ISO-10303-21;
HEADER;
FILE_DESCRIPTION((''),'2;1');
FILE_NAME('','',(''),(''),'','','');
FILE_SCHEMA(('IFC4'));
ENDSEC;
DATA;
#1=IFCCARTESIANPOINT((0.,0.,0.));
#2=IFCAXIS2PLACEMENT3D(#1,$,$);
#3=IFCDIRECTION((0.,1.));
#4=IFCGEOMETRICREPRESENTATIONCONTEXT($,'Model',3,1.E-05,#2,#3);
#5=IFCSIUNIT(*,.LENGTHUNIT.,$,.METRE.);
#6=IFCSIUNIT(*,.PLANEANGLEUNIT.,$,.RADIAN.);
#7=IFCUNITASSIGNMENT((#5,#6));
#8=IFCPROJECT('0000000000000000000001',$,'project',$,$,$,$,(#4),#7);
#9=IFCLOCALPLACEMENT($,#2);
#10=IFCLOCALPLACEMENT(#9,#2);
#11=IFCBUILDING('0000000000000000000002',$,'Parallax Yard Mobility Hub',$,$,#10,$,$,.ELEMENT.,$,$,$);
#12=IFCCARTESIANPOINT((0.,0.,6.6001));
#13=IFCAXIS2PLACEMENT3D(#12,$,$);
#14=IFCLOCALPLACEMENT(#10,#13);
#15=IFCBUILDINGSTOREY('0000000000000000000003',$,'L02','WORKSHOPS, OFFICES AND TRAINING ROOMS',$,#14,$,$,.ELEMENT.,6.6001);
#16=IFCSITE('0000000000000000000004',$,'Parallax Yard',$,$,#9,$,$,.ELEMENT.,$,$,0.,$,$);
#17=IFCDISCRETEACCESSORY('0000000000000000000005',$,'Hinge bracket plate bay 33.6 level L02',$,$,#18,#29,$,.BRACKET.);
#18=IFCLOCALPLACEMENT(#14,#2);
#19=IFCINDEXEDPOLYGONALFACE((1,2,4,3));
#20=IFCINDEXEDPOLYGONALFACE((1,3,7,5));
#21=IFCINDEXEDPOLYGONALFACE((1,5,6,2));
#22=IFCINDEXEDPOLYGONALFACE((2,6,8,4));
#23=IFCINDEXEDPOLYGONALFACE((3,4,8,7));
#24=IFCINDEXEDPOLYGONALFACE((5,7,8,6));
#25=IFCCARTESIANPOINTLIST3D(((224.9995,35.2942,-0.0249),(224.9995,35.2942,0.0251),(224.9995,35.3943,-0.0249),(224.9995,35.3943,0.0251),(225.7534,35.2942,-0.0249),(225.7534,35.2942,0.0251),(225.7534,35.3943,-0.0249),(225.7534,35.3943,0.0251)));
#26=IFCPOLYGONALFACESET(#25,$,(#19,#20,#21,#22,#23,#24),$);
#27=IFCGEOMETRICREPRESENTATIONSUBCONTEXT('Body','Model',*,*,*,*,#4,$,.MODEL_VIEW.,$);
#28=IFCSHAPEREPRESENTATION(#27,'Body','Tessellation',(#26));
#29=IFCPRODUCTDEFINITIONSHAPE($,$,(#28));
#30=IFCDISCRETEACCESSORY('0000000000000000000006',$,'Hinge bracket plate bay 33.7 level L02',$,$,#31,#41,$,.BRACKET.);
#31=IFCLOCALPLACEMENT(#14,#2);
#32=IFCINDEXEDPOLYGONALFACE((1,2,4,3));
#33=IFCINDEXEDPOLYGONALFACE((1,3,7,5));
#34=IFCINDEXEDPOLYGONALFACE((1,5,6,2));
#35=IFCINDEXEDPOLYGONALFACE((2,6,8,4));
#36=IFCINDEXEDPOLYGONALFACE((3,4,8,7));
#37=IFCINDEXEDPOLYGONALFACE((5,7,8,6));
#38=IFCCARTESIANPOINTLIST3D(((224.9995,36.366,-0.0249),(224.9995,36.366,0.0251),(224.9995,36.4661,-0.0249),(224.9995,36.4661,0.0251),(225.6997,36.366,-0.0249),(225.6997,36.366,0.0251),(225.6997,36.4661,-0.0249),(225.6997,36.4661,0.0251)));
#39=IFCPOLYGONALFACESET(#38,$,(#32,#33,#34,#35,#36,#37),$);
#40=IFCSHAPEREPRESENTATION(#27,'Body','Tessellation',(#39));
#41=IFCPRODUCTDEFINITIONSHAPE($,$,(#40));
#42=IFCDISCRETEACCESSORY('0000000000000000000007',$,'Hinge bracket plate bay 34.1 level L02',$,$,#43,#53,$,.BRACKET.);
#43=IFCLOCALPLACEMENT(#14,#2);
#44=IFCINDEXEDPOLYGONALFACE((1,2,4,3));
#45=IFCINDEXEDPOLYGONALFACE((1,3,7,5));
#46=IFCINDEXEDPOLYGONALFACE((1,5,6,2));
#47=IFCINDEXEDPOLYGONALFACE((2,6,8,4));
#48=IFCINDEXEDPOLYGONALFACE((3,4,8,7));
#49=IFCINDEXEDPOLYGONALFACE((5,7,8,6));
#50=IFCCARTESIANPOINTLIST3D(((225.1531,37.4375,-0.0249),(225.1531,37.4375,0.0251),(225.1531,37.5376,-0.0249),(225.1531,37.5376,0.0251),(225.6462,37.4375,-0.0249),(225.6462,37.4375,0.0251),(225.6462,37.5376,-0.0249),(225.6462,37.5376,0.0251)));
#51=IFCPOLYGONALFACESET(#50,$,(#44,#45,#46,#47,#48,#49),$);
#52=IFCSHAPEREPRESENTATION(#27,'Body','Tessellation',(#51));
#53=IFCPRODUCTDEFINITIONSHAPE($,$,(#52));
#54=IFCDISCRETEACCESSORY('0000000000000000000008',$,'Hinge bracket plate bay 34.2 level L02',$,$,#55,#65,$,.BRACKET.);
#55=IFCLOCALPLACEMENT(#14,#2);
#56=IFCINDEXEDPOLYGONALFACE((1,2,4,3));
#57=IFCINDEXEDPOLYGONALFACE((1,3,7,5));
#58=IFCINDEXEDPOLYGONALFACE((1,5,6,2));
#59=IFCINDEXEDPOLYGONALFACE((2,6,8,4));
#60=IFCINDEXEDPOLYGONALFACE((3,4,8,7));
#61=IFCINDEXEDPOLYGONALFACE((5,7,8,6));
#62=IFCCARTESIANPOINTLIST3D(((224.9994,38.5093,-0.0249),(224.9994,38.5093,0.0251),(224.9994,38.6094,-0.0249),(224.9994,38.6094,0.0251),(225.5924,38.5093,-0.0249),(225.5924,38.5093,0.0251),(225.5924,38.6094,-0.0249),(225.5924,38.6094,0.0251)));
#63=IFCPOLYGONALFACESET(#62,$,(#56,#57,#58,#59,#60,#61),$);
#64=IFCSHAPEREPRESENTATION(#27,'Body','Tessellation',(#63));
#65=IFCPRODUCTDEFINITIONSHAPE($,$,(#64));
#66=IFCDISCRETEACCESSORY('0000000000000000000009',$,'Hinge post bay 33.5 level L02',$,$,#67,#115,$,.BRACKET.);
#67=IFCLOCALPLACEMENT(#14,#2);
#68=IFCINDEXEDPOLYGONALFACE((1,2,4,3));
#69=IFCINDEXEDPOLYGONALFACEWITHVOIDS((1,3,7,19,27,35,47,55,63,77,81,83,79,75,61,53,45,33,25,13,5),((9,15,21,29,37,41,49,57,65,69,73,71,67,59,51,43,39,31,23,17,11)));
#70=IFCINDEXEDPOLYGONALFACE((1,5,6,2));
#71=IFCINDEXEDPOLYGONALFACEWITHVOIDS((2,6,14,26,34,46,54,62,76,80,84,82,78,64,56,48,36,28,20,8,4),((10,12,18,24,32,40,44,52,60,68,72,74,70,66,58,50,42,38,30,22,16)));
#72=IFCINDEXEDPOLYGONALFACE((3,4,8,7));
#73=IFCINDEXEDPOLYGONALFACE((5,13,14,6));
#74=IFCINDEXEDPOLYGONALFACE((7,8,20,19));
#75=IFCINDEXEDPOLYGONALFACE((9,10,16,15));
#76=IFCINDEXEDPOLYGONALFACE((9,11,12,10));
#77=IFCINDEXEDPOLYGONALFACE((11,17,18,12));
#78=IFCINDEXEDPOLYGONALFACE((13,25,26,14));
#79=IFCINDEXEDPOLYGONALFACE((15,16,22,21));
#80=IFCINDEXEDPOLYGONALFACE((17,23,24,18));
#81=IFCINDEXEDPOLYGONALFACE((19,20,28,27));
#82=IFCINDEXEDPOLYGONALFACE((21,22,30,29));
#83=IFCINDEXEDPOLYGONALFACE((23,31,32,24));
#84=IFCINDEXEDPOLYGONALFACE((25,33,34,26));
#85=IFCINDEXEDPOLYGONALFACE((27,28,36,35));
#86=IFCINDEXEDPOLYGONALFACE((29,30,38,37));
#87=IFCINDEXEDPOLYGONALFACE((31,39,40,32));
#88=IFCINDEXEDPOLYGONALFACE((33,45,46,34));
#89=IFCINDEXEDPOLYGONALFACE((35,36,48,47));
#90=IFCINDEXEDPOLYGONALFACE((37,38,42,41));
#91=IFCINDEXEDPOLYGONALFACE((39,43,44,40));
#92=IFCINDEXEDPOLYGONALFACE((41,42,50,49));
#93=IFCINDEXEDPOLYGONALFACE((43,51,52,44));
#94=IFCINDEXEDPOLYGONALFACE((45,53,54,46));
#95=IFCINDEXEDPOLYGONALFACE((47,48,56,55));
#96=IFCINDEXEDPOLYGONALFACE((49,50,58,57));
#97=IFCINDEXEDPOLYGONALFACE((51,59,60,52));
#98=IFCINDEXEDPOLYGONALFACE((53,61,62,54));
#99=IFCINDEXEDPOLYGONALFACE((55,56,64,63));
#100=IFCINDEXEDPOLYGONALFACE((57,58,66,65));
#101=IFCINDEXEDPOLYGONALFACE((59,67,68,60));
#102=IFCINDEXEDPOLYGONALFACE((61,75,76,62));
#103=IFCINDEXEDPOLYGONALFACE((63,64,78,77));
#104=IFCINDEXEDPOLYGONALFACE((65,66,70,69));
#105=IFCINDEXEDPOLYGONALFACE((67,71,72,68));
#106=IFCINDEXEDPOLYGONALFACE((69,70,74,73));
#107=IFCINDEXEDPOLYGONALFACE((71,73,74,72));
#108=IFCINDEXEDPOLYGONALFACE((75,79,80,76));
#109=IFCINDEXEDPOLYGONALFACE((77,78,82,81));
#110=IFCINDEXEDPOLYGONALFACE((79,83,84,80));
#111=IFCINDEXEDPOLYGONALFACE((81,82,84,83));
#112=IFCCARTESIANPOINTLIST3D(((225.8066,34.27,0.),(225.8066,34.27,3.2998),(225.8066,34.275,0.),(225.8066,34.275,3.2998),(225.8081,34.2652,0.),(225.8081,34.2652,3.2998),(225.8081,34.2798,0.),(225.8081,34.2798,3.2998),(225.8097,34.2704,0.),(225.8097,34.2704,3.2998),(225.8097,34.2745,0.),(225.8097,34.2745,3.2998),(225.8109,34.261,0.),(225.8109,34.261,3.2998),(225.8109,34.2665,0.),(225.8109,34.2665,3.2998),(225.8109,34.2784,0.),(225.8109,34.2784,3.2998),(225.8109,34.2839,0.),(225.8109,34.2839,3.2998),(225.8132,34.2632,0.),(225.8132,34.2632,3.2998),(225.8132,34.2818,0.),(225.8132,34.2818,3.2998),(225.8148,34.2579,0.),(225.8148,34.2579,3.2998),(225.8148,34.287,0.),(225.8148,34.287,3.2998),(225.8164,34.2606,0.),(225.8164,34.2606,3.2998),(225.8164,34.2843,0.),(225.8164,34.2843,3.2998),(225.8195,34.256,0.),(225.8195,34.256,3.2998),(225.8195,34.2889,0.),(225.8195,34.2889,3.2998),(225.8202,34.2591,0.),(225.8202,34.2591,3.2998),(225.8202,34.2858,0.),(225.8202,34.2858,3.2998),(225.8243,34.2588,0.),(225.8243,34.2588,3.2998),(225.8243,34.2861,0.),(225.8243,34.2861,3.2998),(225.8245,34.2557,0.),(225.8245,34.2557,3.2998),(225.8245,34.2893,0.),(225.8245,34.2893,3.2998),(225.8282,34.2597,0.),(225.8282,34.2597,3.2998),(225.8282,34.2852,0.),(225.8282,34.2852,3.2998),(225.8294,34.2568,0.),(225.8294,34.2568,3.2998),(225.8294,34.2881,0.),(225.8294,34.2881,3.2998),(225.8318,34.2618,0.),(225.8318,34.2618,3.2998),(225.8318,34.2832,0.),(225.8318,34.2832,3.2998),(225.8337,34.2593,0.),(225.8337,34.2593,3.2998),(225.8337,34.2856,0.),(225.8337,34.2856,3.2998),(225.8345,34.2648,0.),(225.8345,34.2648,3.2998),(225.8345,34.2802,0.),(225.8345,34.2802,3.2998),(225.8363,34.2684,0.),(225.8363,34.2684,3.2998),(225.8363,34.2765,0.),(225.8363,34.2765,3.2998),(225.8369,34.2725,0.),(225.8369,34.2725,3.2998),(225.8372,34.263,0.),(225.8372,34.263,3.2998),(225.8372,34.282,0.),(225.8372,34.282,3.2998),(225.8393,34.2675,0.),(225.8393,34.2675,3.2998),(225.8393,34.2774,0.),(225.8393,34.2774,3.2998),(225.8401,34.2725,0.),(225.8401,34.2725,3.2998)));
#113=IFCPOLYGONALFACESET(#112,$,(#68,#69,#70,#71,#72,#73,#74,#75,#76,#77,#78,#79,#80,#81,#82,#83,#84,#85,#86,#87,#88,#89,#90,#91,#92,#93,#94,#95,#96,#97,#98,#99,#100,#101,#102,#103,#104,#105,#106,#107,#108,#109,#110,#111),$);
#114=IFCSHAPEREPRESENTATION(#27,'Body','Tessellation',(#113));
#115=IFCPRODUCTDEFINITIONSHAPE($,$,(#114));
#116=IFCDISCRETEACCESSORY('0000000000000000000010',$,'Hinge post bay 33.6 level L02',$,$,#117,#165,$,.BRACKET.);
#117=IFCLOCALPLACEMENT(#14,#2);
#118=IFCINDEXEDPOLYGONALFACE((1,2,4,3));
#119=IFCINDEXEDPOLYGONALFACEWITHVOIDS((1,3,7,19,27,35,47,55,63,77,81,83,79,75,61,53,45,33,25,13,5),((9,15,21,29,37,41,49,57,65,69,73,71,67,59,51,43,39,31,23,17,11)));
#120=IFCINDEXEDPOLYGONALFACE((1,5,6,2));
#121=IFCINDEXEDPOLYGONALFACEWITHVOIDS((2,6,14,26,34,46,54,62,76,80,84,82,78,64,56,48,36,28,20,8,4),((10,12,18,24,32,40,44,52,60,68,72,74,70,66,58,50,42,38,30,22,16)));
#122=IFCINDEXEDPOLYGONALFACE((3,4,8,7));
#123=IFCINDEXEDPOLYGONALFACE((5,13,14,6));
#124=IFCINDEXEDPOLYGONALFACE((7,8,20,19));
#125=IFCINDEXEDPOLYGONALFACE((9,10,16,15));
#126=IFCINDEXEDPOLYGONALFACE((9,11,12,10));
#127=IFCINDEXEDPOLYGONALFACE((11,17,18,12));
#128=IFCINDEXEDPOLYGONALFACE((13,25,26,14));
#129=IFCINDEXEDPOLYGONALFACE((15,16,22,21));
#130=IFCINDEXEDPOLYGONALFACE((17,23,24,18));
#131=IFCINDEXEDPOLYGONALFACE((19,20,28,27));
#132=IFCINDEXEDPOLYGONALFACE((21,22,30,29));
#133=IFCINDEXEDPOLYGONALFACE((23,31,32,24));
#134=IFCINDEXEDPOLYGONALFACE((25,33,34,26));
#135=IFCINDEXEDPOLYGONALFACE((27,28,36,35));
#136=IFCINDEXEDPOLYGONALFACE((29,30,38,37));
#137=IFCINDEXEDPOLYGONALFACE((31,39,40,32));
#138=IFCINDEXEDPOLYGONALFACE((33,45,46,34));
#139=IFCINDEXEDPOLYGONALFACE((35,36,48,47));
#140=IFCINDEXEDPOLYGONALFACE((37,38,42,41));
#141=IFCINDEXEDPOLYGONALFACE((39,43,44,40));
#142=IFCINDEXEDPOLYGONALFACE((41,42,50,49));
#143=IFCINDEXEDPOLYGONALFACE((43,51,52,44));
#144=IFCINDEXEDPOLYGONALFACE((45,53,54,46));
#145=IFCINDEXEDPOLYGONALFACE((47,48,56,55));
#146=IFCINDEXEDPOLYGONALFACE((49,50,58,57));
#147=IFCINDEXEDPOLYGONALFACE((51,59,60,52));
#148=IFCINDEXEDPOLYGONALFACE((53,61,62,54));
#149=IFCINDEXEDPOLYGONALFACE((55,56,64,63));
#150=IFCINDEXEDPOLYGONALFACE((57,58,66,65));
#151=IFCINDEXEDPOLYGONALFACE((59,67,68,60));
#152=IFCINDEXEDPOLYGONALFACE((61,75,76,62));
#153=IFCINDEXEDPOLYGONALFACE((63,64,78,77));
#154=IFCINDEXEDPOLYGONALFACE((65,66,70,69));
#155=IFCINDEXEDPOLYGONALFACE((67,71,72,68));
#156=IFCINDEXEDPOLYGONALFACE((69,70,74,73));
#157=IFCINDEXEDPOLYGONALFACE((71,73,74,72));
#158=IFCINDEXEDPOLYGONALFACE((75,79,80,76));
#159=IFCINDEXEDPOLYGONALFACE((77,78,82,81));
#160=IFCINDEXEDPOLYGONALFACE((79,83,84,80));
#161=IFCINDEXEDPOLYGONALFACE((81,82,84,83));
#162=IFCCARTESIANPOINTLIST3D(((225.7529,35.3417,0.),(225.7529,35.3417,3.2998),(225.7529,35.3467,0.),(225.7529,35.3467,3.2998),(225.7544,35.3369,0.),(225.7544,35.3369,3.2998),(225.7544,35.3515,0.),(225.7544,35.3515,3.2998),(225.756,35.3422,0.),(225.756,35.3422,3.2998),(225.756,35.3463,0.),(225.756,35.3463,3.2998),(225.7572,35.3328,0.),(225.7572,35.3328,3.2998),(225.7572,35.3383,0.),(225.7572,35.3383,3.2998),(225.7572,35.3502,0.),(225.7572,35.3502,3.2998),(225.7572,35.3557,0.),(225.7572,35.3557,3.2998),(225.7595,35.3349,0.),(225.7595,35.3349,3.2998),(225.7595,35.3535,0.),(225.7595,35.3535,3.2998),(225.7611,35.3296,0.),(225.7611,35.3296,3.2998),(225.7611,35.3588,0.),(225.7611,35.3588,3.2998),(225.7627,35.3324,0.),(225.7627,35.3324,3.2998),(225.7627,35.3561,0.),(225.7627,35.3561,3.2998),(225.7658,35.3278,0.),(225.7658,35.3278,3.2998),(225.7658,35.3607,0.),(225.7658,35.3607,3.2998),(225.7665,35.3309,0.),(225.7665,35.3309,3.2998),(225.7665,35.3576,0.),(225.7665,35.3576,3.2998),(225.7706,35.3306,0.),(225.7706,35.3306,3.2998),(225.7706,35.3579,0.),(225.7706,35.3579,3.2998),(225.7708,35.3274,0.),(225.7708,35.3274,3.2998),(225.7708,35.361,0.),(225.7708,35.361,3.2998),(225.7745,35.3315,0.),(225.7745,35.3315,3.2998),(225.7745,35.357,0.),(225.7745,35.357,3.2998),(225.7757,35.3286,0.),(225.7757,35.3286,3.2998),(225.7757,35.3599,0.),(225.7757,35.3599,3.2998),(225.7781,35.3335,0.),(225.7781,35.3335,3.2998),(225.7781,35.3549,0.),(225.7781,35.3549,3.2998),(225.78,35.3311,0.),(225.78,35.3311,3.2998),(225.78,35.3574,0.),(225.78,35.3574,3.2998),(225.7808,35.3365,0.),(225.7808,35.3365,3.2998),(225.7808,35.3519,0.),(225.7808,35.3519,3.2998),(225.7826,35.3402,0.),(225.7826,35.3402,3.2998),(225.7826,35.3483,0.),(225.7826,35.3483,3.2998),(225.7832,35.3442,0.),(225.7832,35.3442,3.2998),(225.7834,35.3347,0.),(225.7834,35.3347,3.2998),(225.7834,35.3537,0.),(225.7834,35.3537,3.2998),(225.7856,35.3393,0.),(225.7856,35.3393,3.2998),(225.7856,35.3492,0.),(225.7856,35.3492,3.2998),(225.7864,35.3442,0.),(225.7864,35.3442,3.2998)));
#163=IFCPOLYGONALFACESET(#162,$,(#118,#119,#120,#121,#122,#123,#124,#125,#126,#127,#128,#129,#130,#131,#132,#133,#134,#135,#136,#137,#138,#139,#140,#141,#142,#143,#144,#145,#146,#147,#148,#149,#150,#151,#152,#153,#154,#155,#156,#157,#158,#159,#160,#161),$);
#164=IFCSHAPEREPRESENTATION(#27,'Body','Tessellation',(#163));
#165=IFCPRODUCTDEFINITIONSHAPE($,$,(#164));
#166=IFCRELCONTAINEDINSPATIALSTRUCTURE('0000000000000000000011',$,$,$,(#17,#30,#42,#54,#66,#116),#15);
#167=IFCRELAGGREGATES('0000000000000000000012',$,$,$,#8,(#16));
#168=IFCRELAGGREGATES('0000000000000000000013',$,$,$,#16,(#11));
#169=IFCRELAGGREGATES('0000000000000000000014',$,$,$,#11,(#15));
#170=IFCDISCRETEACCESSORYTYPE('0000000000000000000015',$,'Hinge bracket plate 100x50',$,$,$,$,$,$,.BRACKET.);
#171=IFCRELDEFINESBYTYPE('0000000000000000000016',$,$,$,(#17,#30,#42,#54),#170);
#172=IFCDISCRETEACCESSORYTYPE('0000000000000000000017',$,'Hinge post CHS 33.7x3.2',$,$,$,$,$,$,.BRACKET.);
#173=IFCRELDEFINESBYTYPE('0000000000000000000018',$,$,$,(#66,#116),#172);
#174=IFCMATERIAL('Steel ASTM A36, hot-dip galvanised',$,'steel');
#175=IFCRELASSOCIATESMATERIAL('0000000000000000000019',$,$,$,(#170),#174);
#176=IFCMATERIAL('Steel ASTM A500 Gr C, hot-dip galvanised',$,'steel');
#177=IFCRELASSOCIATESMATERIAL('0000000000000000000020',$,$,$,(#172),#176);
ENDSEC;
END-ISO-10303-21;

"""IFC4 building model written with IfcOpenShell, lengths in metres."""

from ifc_helpers import new_model, si_unit, direction, frame, origin, origin_2d, place, context, subcontext, project, spatial, rectangle, hollow_circle, extrude, material, material_profile, profile_set, type_object, element, save


model = new_model("IFC4")

# Units and contexts
model_context = context("Model", 3, precision=1e-05, world=origin(), true_north=direction((0.0, 1.0)))
body_context = subcontext(model_context, "Body", "Model", "MODEL_VIEW")
ifc_project = project(units=[si_unit("LENGTHUNIT", "METRE"), si_unit("PLANEANGLEUNIT", "RADIAN")], contexts=[model_context])

# Site, building, storey
site_placement = place(None, origin())
site = spatial("IfcSite", under=ifc_project, at=site_placement, Name="Parallax Yard", CompositionType="ELEMENT", RefElevation=0.0)
building_placement = place(site_placement, origin())
building = spatial("IfcBuilding", under=site, at=building_placement, Name="Parallax Yard Mobility Hub", CompositionType="ELEMENT")
storey_placement = place(building_placement, frame((0.0, 0.0, 6.6001)))
storey = spatial("IfcBuildingStorey", under=building, at=storey_placement, Name="L02", Description="WORKSHOPS, OFFICES AND TRAINING ROOMS", CompositionType="ELEMENT", Elevation=6.6001)

# Discrete accessories
ifc_material_1 = material(Name="Steel ASTM A36, hot-dip galvanised", Category="steel")
discrete_accessory_type_1 = type_object("IfcDiscreteAccessoryType", Name="Hinge bracket plate 100x50", PredefinedType="BRACKET", material=ifc_material_1)
discrete_accessory_1_placement = place(storey_placement, frame((225.3765, 35.3442, -0.0249), z_axis=(0.0, 0.0, 1.0), x_axis=(1.0, 0.0, 0.0)))
element("IfcDiscreteAccessory", 1, at=discrete_accessory_1_placement, inside=storey, type_object=discrete_accessory_type_1, Name="Hinge bracket plate bay 33.6 level L02", PredefinedType="BRACKET", context=body_context, shape_type="SweptSolid", body=[
    extrude(rectangle(XDim=0.7539, YDim=0.1001, at=origin_2d()), origin(), (0.0, 0.0, 1.0), 0.05),
])
discrete_accessory_2_placement = place(storey_placement, frame((225.3496, 36.416, -0.0249), z_axis=(0.0, 0.0, 1.0), x_axis=(1.0, 0.0, 0.0)))
element("IfcDiscreteAccessory", 2, at=discrete_accessory_2_placement, inside=storey, type_object=discrete_accessory_type_1, Name="Hinge bracket plate bay 33.7 level L02", PredefinedType="BRACKET", context=body_context, shape_type="SweptSolid", body=[
    extrude(rectangle(XDim=0.7002, YDim=0.1001, at=origin_2d()), origin(), (0.0, 0.0, 1.0), 0.05),
])
discrete_accessory_3_placement = place(storey_placement, frame((225.3997, 37.4875, -0.0249), z_axis=(0.0, 0.0, 1.0), x_axis=(1.0, 0.0, 0.0)))
element("IfcDiscreteAccessory", 3, at=discrete_accessory_3_placement, inside=storey, type_object=discrete_accessory_type_1, Name="Hinge bracket plate bay 34.1 level L02", PredefinedType="BRACKET", context=body_context, shape_type="SweptSolid", body=[
    extrude(rectangle(XDim=0.4932, YDim=0.1001, at=origin_2d()), origin(), (0.0, 0.0, 1.0), 0.05),
])
discrete_accessory_4_placement = place(storey_placement, frame((225.2959, 38.5593, -0.0249), z_axis=(0.0, 0.0, 1.0), x_axis=(1.0, 0.0, 0.0)))
element("IfcDiscreteAccessory", 4, at=discrete_accessory_4_placement, inside=storey, type_object=discrete_accessory_type_1, Name="Hinge bracket plate bay 34.2 level L02", PredefinedType="BRACKET", context=body_context, shape_type="SweptSolid", body=[
    extrude(rectangle(XDim=0.593, YDim=0.1001, at=origin_2d()), origin(), (0.0, 0.0, 1.0), 0.05),
])
ifc_material_2 = material(Name="Steel ASTM A500 Gr C, hot-dip galvanised", Category="steel")
ifc_material_profile_1 = material_profile(ifc_material_2, hollow_circle(Radius=0.0168, WallThickness=0.0032, at=origin_2d()), Name="CHS 33.7x3.2")
ifc_profile_set_1 = profile_set([ifc_material_profile_1], Name="Steel ASTM A500 Gr C, hot-dip galvanised")
discrete_accessory_type_2 = type_object("IfcDiscreteAccessoryType", Name="Hinge post CHS 33.7x3.2", PredefinedType="BRACKET", material=ifc_profile_set_1)
for number, where, z_axis, x_axis, name in (
    (5, (225.8232, 34.2725, 0.0), (0.0, 0.0, 1.0), (1.0, 0.0, 0.0), "Hinge post bay 33.5 level L02"),
    (6, (225.7695, 35.3442, 0.0), (0.0, 0.0, 1.0), (1.0, 0.0, 0.0), "Hinge post bay 33.6 level L02"),
):
    element("IfcDiscreteAccessory", number, at=place(storey_placement, frame(where, z_axis=z_axis, x_axis=x_axis)), inside=storey, type_object=discrete_accessory_type_2, Name=name, PredefinedType="BRACKET", context=body_context, shape_type="SweptSolid", body=[
        extrude(hollow_circle(Radius=0.0168, WallThickness=0.0032, at=origin_2d()), origin(), (0.0, 0.0, 1.0), 3.2998),
    ])

save(model, "model.ifc")
